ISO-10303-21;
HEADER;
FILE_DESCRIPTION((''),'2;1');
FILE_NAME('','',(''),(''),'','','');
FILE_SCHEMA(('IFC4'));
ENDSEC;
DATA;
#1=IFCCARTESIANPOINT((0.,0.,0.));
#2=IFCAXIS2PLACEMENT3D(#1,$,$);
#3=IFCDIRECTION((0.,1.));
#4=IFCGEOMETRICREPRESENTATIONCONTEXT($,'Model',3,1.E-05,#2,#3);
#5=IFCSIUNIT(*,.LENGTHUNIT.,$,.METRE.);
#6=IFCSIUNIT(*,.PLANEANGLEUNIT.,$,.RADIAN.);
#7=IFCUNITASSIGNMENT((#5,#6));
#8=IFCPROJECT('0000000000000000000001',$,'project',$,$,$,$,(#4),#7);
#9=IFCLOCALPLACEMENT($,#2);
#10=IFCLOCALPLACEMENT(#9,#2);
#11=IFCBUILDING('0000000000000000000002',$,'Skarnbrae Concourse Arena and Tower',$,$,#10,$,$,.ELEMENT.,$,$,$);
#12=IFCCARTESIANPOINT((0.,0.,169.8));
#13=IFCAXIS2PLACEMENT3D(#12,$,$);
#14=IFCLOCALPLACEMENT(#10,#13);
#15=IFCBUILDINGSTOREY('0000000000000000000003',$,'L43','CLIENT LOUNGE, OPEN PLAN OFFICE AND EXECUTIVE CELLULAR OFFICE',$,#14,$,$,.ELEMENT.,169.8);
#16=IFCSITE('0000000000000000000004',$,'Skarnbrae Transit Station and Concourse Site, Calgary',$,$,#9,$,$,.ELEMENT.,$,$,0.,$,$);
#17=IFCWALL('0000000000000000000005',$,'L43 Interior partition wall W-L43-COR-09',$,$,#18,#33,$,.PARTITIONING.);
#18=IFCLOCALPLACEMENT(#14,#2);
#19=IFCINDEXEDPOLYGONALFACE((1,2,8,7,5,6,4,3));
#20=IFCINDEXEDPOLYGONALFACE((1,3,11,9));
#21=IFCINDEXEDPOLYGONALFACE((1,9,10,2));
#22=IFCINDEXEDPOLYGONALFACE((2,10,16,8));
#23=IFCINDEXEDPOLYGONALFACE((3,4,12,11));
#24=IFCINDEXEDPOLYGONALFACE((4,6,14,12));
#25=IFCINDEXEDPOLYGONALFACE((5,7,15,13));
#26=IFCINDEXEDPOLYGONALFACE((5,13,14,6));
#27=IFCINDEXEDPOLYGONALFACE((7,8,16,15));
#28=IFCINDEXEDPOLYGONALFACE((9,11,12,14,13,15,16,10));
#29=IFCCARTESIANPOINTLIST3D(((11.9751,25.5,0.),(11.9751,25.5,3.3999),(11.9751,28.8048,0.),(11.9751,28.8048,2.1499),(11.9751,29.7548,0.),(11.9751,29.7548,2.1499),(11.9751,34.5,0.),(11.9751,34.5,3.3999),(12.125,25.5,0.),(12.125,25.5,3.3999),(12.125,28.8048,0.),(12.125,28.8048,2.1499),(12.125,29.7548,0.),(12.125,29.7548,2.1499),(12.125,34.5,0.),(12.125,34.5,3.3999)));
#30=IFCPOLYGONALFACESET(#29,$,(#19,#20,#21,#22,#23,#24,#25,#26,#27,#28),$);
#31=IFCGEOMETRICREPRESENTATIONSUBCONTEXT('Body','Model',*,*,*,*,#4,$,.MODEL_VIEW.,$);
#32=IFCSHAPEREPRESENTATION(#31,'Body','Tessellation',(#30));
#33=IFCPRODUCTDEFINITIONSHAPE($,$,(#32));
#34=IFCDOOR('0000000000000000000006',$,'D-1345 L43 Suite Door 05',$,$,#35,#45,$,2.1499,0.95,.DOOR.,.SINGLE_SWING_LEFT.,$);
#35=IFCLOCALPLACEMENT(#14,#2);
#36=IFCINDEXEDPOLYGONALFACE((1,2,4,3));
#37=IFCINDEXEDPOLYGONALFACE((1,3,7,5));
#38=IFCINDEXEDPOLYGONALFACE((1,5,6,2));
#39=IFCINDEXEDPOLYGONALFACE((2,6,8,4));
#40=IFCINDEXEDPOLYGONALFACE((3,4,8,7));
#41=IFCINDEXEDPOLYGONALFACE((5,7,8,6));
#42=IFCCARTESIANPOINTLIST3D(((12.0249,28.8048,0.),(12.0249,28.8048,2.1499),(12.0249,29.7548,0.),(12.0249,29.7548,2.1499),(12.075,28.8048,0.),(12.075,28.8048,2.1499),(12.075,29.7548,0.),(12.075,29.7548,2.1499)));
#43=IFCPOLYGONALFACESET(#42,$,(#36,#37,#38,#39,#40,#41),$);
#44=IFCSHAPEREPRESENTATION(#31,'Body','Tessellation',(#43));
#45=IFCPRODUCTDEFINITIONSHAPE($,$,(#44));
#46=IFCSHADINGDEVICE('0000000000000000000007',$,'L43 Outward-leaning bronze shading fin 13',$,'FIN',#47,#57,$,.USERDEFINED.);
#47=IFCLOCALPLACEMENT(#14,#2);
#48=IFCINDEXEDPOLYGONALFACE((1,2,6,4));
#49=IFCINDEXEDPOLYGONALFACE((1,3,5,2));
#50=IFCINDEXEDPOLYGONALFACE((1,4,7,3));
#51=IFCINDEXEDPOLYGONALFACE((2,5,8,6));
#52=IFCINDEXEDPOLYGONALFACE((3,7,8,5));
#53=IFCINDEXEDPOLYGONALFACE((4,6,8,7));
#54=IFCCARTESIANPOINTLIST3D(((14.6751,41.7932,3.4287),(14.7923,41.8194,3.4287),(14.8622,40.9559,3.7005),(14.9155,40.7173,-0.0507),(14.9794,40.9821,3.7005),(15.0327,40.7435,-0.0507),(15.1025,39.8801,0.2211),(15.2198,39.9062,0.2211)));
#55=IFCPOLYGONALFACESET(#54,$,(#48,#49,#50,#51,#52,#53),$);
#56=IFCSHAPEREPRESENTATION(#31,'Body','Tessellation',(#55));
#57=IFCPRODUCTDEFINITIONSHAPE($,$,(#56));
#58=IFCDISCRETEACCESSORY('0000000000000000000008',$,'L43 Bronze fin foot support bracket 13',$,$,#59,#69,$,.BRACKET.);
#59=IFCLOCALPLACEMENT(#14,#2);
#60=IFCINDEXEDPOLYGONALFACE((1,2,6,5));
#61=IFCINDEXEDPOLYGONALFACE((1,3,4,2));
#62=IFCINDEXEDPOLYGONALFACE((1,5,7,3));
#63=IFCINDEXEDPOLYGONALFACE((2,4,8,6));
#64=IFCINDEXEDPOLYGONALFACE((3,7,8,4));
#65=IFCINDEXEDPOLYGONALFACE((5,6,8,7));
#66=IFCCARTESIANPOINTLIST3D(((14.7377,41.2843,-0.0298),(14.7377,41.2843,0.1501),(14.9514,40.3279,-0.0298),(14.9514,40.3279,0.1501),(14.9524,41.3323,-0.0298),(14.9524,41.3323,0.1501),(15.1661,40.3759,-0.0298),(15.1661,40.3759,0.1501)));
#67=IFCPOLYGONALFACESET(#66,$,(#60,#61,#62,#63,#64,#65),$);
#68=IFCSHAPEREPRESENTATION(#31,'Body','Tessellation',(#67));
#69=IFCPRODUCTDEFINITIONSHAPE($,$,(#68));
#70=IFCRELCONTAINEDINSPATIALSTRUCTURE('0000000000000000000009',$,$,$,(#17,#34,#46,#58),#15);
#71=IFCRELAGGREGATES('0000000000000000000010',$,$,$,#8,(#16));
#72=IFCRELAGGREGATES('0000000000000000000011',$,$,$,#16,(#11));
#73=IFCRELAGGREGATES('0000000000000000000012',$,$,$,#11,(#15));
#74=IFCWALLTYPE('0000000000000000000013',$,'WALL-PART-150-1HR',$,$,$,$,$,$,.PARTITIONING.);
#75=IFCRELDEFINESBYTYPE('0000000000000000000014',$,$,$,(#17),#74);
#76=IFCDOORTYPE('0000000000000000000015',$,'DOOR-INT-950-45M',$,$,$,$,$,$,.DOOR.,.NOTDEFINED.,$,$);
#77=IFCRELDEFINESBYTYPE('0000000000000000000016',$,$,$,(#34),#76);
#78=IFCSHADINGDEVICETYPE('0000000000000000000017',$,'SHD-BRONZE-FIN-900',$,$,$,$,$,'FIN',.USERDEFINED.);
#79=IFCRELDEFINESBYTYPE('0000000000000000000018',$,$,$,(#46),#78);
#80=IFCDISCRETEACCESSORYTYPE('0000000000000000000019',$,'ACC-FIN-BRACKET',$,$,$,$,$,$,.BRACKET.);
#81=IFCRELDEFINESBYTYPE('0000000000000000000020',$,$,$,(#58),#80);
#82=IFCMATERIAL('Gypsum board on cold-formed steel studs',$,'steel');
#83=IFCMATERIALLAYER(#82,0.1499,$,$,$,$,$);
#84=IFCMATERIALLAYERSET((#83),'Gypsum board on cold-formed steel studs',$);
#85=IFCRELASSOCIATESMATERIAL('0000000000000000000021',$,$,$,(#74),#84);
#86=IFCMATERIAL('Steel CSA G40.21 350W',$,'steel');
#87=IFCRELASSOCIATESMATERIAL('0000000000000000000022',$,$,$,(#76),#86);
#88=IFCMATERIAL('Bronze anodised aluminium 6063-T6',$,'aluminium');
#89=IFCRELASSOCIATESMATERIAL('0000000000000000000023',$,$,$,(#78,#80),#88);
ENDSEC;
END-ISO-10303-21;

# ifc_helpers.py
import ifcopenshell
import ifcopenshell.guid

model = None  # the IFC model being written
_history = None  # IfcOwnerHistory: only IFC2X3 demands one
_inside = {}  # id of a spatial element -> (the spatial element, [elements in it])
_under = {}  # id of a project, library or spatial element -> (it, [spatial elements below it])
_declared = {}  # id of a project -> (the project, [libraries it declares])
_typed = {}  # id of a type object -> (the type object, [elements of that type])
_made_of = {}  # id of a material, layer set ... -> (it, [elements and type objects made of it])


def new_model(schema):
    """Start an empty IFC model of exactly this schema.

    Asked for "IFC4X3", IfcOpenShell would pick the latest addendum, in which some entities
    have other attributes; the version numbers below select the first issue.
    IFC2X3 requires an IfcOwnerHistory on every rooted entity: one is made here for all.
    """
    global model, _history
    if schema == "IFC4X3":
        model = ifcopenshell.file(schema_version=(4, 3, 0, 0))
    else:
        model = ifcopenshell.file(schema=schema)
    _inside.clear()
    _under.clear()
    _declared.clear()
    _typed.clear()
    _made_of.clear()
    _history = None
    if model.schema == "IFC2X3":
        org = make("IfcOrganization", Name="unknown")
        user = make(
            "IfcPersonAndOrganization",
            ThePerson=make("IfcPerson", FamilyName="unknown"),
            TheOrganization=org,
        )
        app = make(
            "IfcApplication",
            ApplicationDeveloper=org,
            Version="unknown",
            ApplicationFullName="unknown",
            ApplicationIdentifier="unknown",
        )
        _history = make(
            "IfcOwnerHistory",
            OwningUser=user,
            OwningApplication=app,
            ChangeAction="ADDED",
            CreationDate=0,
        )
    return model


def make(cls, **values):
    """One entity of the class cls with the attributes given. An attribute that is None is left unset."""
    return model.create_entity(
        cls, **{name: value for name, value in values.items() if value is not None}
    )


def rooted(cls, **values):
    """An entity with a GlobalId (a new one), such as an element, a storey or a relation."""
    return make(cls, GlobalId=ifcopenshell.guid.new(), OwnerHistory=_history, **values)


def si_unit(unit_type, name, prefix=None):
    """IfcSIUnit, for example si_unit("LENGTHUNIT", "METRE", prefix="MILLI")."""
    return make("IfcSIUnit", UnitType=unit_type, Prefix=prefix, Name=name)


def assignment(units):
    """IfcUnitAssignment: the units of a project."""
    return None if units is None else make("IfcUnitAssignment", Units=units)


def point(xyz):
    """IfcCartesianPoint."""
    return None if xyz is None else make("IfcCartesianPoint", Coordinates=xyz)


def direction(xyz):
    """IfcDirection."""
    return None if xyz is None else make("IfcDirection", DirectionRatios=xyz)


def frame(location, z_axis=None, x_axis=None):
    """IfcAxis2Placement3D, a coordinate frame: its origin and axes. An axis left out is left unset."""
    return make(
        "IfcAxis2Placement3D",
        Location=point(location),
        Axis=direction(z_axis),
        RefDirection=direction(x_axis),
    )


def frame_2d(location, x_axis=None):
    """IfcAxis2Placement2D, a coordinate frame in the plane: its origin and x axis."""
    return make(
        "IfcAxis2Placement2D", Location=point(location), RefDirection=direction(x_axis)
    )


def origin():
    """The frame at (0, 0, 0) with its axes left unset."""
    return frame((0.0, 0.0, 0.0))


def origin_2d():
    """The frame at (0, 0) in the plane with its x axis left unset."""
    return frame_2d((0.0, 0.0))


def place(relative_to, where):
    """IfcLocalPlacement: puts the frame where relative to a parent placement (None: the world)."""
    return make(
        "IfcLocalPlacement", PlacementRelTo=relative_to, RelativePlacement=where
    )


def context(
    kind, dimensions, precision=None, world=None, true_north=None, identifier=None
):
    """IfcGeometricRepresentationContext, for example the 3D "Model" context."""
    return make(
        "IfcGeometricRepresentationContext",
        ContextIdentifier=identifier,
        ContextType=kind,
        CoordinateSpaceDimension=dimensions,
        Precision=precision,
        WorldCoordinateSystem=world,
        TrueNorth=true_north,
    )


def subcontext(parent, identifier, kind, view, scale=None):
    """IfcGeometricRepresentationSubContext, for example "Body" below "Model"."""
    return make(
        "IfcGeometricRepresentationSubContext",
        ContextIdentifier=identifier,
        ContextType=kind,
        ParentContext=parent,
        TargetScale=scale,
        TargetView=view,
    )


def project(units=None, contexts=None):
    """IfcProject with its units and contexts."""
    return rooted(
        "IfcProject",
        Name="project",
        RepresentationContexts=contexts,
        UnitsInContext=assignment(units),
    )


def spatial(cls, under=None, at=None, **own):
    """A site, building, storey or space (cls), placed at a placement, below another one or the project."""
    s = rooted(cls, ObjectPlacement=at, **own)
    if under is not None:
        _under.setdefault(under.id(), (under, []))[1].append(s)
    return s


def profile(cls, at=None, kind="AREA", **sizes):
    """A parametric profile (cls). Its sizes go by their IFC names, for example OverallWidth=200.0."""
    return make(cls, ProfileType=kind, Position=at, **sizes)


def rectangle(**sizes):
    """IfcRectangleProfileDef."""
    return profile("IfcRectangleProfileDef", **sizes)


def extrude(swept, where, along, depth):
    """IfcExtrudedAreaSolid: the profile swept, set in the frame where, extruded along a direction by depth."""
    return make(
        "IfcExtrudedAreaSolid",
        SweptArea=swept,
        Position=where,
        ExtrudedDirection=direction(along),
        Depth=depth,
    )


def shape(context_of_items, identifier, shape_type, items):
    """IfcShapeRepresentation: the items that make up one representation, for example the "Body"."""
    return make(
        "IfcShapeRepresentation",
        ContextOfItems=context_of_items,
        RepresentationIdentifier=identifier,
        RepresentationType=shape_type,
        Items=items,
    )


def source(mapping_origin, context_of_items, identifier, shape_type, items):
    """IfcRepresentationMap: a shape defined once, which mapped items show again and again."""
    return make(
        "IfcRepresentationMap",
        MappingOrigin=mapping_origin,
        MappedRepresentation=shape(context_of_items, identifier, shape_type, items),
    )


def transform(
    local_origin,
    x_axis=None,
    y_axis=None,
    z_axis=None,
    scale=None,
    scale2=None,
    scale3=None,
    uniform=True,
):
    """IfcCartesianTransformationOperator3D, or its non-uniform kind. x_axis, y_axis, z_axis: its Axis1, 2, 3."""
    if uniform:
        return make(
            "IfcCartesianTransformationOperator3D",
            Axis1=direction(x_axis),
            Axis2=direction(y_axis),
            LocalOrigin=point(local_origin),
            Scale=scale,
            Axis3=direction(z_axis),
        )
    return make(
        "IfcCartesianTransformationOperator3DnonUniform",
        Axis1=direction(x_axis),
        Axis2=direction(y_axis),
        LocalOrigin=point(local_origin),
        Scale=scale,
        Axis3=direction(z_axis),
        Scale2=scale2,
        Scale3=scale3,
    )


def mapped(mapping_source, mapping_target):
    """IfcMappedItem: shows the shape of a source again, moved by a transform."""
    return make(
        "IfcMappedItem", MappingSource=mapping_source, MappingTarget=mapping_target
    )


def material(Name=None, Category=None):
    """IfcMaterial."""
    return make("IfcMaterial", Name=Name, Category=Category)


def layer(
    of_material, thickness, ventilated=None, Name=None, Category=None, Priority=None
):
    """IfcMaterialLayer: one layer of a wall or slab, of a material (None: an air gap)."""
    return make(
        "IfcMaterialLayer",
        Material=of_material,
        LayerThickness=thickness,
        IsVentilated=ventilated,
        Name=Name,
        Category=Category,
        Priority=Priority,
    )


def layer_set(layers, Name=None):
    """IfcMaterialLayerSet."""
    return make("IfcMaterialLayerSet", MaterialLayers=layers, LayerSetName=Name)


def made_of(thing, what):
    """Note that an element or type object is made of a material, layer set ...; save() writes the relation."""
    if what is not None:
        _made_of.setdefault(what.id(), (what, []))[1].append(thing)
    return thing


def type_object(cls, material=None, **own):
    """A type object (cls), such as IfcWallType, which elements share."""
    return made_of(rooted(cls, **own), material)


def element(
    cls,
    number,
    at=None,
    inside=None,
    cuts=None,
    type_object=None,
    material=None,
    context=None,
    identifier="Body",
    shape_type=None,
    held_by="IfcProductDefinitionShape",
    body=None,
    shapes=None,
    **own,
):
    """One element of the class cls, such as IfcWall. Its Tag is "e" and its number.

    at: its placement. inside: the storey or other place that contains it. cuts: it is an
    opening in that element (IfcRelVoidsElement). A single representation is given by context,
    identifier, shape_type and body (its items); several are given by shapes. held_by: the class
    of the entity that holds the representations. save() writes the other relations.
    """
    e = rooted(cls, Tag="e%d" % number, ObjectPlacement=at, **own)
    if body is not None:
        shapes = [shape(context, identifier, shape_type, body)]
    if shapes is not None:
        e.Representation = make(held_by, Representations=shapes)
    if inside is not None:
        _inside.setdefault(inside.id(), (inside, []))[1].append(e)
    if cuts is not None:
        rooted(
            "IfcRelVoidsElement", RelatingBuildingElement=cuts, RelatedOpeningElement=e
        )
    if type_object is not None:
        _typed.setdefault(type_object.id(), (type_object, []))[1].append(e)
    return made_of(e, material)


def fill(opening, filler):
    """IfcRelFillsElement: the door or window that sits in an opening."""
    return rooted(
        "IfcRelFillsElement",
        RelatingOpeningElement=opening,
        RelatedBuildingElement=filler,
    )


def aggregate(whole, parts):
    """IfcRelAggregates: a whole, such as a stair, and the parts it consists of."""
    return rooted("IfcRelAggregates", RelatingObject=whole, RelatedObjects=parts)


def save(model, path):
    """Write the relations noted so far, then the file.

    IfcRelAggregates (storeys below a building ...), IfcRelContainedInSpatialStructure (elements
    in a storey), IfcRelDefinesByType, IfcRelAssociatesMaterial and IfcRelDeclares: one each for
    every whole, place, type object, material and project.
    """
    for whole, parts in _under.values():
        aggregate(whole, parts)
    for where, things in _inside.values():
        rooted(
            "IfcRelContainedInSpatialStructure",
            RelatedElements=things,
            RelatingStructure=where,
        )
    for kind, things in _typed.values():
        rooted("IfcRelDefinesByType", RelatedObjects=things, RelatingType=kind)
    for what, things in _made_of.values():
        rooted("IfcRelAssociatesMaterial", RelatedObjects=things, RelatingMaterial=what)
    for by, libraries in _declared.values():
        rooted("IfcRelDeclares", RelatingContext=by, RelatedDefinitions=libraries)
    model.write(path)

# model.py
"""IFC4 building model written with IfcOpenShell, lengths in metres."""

from ifc_helpers import new_model, si_unit, direction, frame, frame_2d, origin, origin_2d, place, context, subcontext, project, spatial, rectangle, extrude, source, transform, mapped, material, layer, layer_set, type_object, element, fill, save


model = new_model("IFC4")

# Units and contexts
model_context = context("Model", 3, precision=1e-05, world=origin(), true_north=direction((0.0, 1.0)))
body_context = subcontext(model_context, "Body", "Model", "MODEL_VIEW")
ifc_project = project(units=[si_unit("LENGTHUNIT", "METRE"), si_unit("PLANEANGLEUNIT", "RADIAN")], contexts=[model_context])

# Site, building, storey
site_placement = place(None, origin())
site = spatial("IfcSite", under=ifc_project, at=site_placement, Name="Skarnbrae Transit Station and Concourse Site, Calgary", CompositionType="ELEMENT", RefElevation=0.0)
building_placement = place(site_placement, origin())
building = spatial("IfcBuilding", under=site, at=building_placement, Name="Skarnbrae Concourse Arena and Tower", CompositionType="ELEMENT")
storey_placement = place(building_placement, frame((0.0, 0.0, 169.8)))
storey = spatial("IfcBuildingStorey", under=building, at=storey_placement, Name="L43", Description="CLIENT LOUNGE, OPEN PLAN OFFICE AND EXECUTIVE CELLULAR OFFICE", CompositionType="ELEMENT", Elevation=169.8)

# Shared definitions
ifc_material_1 = material(Name="Steel CSA G40.21 350W", Category="steel")

# Shared definitions
ifc_material_2 = material(Name="Bronze anodised aluminium 6063-T6", Category="aluminium")

# Wall, opening, door
ifc_material_3 = material(Name="Gypsum board on cold-formed steel studs", Category="steel")
ifc_layer_1 = layer(ifc_material_3, 0.1499)
ifc_layer_set_1 = layer_set([ifc_layer_1], Name="Gypsum board on cold-formed steel studs")
wall_type = type_object("IfcWallType", Name="WALL-PART-150-1HR", PredefinedType="PARTITIONING", material=ifc_layer_set_1)
shared_shape_1 = source(origin(), body_context, "Body", "SweptSolid", [
    extrude(rectangle(XDim=9.0, YDim=0.1499, at=frame_2d((4.5, 0.0))), origin(), (0.0, 0.0, 1.0), 3.3999),
])
wall_placement = place(storey_placement, frame((12.05, 34.5, 0.0), z_axis=(0.0, 0.0, 1.0), x_axis=(0.0, -1.0, 0.0)))
wall = element("IfcWall", 1, at=wall_placement, inside=storey, type_object=wall_type, Name="L43 Interior partition wall W-L43-COR-09", PredefinedType="PARTITIONING", context=body_context, shape_type="MappedRepresentation", body=[
    mapped(shared_shape_1, transform((0.0, 0.0, 0.0))),
])
opening_placement = place(wall_placement, frame((4.7451, 0.0, 0.0)))
opening = element("IfcOpeningElement", 2, at=opening_placement, cuts=wall, PredefinedType="OPENING", context=body_context, shape_type="SweptSolid", body=[
    extrude(rectangle(XDim=0.95, YDim=2.1499, at=frame_2d((0.4751, 1.075))), frame((0.0, 0.085, 0.0), z_axis=(0.0, -1.0, 0.0), x_axis=(1.0, 0.0, 0.0)), (0.0, 0.0, 1.0), 0.1699),
])
door_type = type_object("IfcDoorType", Name="DOOR-INT-950-45M", OperationType="NOTDEFINED", PredefinedType="DOOR", material=ifc_material_1)
shared_shape_2 = source(origin(), body_context, "Body", "SweptSolid", [
    extrude(rectangle(XDim=0.95, YDim=2.1499, at=frame_2d((0.4751, 1.075))), frame((0.0, 0.0249, 0.0), z_axis=(0.0, -1.0, 0.0), x_axis=(1.0, 0.0, 0.0)), (0.0, 0.0, 1.0), 0.05),
])
door_placement = place(opening_placement, origin())
door = element("IfcDoor", 3, at=door_placement, inside=storey, type_object=door_type, Name="D-1345 L43 Suite Door 05", OperationType="SINGLE_SWING_LEFT", OverallHeight=2.1499, OverallWidth=0.95, PredefinedType="DOOR", context=body_context, shape_type="MappedRepresentation", body=[
    mapped(shared_shape_2, transform((0.0, 0.0, 0.0))),
])
fill(opening, door)

# Shading device
shading_device_type = type_object("IfcShadingDeviceType", Name="SHD-BRONZE-FIN-900", ElementType="FIN", PredefinedType="USERDEFINED", material=ifc_material_2)
shared_shape_3 = source(origin(), body_context, "Body", "SweptSolid", [
    extrude(rectangle(XDim=0.1201, YDim=0.8999, at=origin_2d()), origin(), (0.0, 0.0, 1.0), 3.6499),
])
shading_device_placement = place(storey_placement, frame((15.0676, 40.3118, 0.0852), z_axis=(-0.065862, 0.294769, 0.953296), x_axis=(0.975936, 0.218058, 0.0)))
element("IfcShadingDevice", 4, at=shading_device_placement, inside=storey, type_object=shading_device_type, Name="L43 Outward-leaning bronze shading fin 13", ObjectType="FIN", PredefinedType="USERDEFINED", context=body_context, shape_type="MappedRepresentation", body=[
    mapped(shared_shape_3, transform((0.0, 0.0, 0.0))),
])

# Discrete accessory
discrete_accessory_type = type_object("IfcDiscreteAccessoryType", Name="ACC-FIN-BRACKET", PredefinedType="BRACKET", material=ifc_material_2)
shared_shape_4 = source(origin(), body_context, "Body", "SweptSolid", [
    extrude(rectangle(XDim=0.22, YDim=0.98, at=origin_2d()), origin(), (0.0, 0.0, 1.0), 0.1799),
])
discrete_accessory_placement = place(storey_placement, frame((14.9519, 40.8301, -0.0298), z_axis=(0.0, 0.0, 1.0), x_axis=(0.975936, 0.218058, 0.0)))
element("IfcDiscreteAccessory", 5, at=discrete_accessory_placement, inside=storey, type_object=discrete_accessory_type, Name="L43 Bronze fin foot support bracket 13", PredefinedType="BRACKET", context=body_context, shape_type="MappedRepresentation", body=[
    mapped(shared_shape_4, transform((0.0, 0.0, 0.0))),
])

save(model, "model.ifc")
